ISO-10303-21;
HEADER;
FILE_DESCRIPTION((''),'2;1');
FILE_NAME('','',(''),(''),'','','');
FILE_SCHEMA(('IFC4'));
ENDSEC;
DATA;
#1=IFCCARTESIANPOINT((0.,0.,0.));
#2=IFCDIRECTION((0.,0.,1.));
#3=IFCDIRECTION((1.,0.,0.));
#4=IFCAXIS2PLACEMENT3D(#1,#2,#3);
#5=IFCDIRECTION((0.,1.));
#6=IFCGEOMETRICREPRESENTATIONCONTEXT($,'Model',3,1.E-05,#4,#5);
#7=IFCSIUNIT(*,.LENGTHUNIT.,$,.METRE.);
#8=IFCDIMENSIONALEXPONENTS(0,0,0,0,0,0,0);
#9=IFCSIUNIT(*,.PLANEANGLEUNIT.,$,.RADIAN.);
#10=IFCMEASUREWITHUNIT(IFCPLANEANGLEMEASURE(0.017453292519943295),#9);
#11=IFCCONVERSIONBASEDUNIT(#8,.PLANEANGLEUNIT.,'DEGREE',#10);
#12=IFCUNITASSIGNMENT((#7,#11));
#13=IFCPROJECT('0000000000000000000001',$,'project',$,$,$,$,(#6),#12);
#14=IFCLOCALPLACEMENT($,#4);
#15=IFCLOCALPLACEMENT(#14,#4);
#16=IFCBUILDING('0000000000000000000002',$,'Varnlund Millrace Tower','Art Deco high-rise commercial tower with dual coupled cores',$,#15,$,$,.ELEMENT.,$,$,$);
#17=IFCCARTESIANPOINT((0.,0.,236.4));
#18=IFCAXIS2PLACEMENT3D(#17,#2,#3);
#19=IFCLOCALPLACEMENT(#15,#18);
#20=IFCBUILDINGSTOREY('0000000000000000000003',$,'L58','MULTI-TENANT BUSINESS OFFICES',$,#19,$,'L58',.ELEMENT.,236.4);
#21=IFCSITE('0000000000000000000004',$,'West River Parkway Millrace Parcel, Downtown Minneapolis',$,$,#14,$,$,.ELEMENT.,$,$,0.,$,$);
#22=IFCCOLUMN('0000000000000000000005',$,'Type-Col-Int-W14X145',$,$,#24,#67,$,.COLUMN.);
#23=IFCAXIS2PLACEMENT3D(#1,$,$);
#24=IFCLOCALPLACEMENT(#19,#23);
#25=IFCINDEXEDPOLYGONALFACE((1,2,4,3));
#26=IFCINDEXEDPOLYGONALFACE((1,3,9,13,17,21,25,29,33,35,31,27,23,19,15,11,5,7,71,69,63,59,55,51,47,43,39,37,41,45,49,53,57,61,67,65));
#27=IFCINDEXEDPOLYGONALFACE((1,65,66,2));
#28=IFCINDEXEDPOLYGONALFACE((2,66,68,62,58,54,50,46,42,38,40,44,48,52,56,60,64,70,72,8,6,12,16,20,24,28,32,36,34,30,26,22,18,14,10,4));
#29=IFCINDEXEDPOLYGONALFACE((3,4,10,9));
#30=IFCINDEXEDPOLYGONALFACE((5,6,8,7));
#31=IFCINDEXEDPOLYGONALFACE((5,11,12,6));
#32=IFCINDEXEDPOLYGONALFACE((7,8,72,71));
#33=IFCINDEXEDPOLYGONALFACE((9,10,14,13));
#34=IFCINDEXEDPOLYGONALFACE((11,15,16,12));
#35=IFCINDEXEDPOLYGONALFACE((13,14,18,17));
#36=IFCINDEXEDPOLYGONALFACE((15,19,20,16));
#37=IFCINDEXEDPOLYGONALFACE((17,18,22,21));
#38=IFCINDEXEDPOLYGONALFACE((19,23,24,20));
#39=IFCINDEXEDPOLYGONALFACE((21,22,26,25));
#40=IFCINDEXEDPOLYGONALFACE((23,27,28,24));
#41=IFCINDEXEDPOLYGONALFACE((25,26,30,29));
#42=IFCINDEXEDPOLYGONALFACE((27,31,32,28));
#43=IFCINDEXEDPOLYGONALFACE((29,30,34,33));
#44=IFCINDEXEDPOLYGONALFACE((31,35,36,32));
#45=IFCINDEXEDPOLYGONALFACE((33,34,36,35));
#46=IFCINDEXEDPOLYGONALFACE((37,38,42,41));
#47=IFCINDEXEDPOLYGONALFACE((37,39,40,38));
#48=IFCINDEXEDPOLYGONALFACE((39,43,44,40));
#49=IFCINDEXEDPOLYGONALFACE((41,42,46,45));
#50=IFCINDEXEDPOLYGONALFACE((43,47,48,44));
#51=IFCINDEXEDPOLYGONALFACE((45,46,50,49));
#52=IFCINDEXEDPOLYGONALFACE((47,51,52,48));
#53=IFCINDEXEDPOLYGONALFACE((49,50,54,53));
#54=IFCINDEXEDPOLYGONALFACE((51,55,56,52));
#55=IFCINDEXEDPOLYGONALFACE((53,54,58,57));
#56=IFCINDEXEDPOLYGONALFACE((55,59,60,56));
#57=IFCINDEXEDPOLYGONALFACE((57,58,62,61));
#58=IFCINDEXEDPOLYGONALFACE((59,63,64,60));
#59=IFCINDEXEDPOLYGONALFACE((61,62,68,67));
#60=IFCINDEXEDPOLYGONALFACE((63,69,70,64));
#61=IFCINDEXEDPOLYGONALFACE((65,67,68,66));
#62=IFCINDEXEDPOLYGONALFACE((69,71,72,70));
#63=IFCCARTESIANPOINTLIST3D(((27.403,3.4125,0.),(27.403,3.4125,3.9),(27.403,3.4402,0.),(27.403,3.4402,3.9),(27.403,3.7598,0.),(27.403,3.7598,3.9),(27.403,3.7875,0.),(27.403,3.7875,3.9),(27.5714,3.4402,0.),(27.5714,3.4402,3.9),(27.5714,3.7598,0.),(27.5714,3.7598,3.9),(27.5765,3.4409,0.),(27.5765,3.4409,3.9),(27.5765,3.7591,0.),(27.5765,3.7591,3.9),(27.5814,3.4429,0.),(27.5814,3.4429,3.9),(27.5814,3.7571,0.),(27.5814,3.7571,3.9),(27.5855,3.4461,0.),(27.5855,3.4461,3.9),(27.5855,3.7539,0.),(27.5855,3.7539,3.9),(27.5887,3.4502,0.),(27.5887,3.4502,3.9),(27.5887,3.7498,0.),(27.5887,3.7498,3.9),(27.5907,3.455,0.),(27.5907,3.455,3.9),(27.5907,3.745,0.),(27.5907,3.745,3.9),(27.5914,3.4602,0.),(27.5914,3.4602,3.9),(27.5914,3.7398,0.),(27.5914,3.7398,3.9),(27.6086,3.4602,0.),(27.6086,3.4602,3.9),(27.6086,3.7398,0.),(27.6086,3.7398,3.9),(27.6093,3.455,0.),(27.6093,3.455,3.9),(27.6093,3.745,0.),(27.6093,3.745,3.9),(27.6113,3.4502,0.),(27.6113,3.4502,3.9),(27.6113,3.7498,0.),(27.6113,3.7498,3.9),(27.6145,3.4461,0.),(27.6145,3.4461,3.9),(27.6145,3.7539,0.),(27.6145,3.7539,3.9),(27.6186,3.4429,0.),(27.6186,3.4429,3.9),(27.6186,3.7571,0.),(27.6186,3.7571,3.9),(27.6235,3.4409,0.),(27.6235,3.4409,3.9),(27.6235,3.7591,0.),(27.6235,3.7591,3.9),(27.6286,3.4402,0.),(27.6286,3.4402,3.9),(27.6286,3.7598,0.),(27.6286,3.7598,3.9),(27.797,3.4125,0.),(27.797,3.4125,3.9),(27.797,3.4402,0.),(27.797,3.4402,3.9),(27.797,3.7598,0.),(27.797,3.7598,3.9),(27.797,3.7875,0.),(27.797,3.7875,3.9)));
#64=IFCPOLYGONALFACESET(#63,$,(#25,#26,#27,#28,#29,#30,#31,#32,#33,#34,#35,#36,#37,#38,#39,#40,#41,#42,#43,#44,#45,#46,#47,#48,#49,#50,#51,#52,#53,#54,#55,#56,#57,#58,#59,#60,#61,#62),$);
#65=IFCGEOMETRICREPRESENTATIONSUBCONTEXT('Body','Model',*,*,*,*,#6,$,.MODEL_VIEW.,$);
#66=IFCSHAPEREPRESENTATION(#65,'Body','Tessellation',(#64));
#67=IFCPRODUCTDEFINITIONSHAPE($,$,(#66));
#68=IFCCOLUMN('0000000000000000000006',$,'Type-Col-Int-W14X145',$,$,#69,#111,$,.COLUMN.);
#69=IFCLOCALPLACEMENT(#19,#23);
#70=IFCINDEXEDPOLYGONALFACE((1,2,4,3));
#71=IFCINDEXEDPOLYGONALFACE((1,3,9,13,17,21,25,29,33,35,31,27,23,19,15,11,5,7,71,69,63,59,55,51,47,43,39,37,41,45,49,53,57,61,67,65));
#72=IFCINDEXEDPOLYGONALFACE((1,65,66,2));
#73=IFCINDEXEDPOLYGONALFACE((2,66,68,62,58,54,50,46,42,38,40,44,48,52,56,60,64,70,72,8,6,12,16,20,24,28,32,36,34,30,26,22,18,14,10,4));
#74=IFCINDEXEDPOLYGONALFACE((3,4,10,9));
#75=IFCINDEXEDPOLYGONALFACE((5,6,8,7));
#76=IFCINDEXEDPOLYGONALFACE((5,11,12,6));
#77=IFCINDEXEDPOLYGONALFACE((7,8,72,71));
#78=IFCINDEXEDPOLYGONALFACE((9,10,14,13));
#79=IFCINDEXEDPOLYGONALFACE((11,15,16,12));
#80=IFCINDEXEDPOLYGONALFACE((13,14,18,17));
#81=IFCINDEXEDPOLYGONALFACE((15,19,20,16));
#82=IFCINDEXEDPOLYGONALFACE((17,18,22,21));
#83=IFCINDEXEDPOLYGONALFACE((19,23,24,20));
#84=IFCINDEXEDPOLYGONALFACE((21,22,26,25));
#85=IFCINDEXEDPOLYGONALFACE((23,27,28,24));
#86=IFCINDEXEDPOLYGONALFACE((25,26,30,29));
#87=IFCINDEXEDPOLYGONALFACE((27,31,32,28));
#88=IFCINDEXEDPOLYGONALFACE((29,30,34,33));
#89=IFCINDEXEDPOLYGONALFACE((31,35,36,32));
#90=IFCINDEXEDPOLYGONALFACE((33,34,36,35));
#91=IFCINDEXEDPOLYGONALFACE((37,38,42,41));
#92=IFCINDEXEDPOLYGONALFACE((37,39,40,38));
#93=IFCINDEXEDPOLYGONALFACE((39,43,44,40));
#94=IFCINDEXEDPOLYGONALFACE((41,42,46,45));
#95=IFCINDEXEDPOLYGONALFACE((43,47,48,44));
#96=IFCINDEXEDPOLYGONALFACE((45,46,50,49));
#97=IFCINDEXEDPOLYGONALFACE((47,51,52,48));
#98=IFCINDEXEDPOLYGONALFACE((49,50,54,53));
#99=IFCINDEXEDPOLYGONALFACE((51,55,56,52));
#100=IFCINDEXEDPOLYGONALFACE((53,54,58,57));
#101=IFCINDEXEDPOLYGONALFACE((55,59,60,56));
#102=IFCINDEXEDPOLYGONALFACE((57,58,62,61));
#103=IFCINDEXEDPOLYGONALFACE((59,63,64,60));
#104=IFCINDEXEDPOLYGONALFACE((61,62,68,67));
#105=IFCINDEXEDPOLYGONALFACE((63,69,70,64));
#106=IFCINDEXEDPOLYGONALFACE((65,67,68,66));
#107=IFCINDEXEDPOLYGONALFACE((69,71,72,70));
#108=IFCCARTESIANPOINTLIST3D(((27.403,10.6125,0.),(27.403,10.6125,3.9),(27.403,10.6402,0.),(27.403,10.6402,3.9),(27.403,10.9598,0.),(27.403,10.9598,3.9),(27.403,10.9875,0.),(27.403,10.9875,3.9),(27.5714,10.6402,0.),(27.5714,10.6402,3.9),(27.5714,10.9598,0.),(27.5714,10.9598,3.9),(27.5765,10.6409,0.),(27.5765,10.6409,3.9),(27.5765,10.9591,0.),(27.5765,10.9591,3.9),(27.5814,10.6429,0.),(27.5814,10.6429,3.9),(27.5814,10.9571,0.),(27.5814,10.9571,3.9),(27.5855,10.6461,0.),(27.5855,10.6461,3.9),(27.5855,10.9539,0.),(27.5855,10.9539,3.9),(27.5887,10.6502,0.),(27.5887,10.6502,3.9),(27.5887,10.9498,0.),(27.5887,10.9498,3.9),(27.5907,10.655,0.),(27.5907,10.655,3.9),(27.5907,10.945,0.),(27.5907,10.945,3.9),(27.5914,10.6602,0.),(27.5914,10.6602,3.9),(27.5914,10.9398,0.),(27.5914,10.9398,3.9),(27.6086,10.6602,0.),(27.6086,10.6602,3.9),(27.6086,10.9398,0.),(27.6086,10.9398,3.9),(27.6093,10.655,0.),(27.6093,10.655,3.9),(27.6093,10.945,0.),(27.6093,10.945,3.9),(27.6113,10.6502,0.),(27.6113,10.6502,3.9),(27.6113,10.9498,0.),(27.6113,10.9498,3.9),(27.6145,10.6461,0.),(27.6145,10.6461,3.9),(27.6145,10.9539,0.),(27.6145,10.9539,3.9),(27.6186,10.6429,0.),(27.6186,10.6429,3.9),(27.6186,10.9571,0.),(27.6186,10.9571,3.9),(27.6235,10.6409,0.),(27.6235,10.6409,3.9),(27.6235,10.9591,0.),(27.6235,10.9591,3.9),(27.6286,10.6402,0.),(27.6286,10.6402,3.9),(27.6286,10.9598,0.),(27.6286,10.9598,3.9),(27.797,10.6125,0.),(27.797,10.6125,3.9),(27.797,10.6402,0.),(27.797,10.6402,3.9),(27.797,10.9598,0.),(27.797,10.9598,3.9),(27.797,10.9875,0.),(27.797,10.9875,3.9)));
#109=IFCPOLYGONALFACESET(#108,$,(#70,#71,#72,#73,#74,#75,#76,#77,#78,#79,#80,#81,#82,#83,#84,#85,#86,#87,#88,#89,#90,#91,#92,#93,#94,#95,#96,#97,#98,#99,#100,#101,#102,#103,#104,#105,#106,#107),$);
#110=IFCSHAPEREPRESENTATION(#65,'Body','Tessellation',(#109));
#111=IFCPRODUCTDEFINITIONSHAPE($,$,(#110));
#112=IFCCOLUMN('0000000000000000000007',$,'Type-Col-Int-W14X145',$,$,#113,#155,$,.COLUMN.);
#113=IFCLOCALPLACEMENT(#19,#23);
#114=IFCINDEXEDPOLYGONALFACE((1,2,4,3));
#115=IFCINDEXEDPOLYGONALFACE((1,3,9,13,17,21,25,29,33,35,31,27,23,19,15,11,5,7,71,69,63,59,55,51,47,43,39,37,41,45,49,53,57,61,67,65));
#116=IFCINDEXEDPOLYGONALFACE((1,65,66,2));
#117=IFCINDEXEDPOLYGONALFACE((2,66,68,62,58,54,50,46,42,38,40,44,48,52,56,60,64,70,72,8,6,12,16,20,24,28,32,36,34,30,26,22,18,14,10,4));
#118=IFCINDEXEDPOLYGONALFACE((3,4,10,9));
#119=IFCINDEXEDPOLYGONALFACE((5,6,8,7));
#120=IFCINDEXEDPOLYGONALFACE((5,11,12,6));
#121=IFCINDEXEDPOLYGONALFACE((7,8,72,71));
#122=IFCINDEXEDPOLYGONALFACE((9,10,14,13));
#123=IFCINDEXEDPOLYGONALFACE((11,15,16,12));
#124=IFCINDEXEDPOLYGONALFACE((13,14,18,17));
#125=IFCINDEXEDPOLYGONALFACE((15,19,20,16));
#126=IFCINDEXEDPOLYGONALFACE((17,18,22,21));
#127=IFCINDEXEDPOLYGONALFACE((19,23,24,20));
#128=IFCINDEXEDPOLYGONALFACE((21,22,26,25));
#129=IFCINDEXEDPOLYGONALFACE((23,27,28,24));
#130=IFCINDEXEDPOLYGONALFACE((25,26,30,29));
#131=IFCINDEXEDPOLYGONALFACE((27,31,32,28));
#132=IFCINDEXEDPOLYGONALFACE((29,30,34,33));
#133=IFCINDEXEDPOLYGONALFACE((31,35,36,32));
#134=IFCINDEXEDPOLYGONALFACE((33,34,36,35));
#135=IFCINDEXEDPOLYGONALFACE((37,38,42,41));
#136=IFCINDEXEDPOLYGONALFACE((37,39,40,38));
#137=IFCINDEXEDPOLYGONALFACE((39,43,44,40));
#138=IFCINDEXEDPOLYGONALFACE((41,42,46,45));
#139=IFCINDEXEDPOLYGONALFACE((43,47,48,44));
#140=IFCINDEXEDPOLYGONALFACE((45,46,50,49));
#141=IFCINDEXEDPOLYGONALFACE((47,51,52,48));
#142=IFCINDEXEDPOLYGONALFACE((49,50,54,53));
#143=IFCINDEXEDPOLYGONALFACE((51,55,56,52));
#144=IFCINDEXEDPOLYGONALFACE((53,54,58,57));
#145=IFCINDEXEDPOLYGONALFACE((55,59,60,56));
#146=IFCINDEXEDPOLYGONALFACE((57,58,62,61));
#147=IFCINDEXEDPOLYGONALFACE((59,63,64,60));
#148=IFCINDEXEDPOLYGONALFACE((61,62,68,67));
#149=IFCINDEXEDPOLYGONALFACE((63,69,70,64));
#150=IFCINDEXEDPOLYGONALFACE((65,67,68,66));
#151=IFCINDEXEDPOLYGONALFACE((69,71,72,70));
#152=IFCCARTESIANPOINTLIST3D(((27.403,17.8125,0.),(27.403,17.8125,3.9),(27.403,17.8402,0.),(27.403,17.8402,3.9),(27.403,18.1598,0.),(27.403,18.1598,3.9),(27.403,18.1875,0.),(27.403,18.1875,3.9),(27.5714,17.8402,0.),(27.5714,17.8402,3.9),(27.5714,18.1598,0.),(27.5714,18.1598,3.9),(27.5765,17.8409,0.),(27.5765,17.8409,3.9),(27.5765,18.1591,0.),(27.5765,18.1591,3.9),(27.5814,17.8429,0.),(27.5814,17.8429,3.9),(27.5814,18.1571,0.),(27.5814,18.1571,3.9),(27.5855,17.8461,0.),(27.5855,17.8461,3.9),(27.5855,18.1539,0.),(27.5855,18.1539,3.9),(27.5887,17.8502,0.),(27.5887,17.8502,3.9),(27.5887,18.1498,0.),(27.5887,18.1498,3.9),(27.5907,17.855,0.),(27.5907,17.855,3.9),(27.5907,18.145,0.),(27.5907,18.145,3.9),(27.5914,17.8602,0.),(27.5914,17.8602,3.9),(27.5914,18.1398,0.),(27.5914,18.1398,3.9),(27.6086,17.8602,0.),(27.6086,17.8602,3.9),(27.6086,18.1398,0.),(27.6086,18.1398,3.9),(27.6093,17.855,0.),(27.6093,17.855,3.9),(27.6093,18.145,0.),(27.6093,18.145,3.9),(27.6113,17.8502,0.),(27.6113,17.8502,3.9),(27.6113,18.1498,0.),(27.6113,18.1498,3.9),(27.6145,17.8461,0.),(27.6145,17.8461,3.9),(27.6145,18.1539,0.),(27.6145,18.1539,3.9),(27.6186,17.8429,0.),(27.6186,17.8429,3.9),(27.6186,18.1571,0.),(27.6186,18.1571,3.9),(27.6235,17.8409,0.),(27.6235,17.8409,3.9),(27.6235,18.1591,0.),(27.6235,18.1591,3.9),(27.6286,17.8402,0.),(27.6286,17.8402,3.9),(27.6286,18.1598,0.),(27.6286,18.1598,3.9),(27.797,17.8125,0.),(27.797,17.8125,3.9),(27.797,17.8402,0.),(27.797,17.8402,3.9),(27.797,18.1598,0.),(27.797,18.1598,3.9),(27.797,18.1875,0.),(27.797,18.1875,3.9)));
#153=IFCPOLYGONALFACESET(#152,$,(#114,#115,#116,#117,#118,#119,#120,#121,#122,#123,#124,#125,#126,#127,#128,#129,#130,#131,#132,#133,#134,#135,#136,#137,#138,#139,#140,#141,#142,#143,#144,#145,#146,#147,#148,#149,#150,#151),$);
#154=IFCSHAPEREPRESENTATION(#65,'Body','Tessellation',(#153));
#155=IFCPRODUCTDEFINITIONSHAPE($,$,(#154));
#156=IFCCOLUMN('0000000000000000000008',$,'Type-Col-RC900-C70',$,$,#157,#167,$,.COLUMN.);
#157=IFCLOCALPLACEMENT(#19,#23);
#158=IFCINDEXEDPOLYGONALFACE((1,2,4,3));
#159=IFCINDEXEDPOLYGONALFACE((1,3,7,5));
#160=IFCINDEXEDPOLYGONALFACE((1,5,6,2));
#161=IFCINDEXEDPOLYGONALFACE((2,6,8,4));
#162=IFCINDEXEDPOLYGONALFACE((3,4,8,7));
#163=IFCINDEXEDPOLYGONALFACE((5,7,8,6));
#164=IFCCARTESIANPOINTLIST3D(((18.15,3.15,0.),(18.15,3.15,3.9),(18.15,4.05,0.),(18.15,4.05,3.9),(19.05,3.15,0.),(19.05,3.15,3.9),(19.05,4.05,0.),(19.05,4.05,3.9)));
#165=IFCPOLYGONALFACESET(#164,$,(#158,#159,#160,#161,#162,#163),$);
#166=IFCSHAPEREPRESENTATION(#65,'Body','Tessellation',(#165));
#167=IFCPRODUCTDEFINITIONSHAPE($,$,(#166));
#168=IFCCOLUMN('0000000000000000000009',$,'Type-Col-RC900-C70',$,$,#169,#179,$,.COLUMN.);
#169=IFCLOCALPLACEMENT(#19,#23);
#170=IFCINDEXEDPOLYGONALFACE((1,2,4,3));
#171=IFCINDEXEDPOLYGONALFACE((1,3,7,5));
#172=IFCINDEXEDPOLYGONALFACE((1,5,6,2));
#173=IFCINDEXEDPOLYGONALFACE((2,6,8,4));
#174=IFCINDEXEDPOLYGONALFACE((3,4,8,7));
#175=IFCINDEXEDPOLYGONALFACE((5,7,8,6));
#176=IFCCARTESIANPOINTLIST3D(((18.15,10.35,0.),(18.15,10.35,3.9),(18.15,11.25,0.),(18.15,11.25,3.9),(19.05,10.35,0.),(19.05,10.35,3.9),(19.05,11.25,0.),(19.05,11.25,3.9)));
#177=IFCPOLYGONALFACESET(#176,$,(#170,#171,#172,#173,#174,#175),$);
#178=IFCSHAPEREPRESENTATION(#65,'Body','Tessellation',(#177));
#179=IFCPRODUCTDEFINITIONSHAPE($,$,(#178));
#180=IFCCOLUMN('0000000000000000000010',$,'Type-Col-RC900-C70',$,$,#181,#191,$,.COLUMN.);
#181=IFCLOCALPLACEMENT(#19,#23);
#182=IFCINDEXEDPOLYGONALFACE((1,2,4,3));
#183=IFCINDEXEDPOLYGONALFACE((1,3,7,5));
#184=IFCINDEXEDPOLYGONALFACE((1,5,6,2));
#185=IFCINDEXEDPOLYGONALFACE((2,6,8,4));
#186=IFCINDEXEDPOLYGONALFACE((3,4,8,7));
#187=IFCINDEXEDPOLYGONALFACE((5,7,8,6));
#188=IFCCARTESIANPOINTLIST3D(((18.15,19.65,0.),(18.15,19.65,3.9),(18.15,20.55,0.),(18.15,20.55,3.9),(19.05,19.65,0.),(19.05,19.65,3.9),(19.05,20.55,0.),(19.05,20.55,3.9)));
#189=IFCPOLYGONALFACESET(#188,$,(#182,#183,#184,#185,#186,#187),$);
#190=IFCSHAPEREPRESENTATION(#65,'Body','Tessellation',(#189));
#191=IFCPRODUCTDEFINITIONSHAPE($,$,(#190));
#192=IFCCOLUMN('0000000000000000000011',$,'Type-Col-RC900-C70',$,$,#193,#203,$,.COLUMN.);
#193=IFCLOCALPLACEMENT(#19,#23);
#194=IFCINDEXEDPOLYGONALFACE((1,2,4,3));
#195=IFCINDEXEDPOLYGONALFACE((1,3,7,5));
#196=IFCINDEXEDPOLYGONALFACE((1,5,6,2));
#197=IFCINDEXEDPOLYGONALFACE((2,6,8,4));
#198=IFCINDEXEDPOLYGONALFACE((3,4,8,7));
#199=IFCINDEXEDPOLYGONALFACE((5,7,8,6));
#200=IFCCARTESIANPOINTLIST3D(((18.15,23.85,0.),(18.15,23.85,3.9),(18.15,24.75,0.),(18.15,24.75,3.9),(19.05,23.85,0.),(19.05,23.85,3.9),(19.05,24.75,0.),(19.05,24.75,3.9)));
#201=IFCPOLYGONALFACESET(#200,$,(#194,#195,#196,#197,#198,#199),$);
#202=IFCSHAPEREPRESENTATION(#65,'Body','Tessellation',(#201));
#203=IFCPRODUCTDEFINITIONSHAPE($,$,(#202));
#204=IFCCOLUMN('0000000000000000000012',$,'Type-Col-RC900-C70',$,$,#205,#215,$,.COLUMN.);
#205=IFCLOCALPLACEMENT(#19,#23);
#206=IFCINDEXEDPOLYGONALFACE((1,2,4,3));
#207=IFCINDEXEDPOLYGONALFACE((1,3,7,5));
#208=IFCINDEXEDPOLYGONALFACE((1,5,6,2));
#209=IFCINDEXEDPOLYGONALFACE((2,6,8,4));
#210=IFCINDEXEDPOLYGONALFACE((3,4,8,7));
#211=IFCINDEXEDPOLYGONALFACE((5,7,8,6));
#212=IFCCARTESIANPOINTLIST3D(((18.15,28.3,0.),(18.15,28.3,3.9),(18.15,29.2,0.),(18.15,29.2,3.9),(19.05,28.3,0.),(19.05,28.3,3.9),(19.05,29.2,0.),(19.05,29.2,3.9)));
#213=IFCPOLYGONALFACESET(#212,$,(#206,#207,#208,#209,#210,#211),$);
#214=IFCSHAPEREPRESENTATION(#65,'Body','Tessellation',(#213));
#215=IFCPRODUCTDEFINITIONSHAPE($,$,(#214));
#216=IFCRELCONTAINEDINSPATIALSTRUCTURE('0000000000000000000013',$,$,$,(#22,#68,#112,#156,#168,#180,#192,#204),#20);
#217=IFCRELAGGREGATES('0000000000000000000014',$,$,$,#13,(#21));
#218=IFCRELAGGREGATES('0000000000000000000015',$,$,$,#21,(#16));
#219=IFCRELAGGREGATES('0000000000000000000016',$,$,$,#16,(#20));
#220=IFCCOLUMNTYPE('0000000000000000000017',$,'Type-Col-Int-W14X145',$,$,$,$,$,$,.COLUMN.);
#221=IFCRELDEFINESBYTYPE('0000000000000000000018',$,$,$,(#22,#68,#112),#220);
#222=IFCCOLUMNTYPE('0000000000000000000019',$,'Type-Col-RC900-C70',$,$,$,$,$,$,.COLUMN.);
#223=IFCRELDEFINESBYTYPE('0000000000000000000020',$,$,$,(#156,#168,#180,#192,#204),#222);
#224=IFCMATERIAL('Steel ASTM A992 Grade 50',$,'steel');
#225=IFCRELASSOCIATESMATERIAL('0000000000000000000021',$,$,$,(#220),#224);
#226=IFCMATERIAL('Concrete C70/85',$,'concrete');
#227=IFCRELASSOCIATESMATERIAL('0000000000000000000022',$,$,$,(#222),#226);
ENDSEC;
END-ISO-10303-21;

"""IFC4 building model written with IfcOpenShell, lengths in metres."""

from ifc_helpers import new_model, entity, si_unit, converted_unit, direction, frame, origin_with_axes, origin_2d_with_axis, place, context, subcontext, project, spatial, rectangle, i_section, extrude, material, material_profile, profile_set, type_object, element, save


model = new_model("IFC4")

# Units and contexts
model_context = context("Model", 3, precision=1e-05, world=origin_with_axes(), true_north=direction((0.0, 1.0)))
body_context = subcontext(model_context, "Body", "Model", "MODEL_VIEW")
ifc_project = project(units=[si_unit("LENGTHUNIT", "METRE"), converted_unit("PLANEANGLEUNIT", "DEGREE", entity("IfcPlaneAngleMeasure", 0.017453292519943295), si_unit("PLANEANGLEUNIT", "RADIAN"), dimensions=[0, 0, 0, 0, 0, 0, 0])], contexts=[model_context])

# Site, building, storey
site_placement = place(None, origin_with_axes())
site = spatial("IfcSite", under=ifc_project, at=site_placement, Name="West River Parkway Millrace Parcel, Downtown Minneapolis", CompositionType="ELEMENT", RefElevation=0.0)
building_placement = place(site_placement, origin_with_axes())
building = spatial("IfcBuilding", under=site, at=building_placement, Name="Varnlund Millrace Tower", Description="Art Deco high-rise commercial tower with dual coupled cores", CompositionType="ELEMENT")
storey_placement = place(building_placement, frame((0.0, 0.0, 236.4), z_axis=(0.0, 0.0, 1.0), x_axis=(1.0, 0.0, 0.0)))
storey = spatial("IfcBuildingStorey", under=building, at=storey_placement, Name="L58", Description="MULTI-TENANT BUSINESS OFFICES", LongName="L58", CompositionType="ELEMENT", Elevation=236.4)

# Columns
ifc_material_1 = material(Name="Steel ASTM A992 Grade 50", Category="steel")
ifc_material_profile_1 = material_profile(ifc_material_1, i_section(OverallWidth=0.394, OverallDepth=0.375, WebThickness=0.0173, FlangeThickness=0.0277, FilletRadius=0.02, at=origin_2d_with_axis()), Name="Steel ASTM A992 Grade 50")
ifc_profile_set_1 = profile_set([ifc_material_profile_1], Name="Steel ASTM A992 Grade 50")
column_type_1 = type_object("IfcColumnType", Name="Type-Col-Int-W14X145", PredefinedType="COLUMN", material=ifc_profile_set_1)
for number, where, z_axis, x_axis, name in (
    (1, (27.6, 3.6, 0.0), (0.0, 0.0, 1.0), (1.0, 0.0, 0.0), "Type-Col-Int-W14X145"),
    (2, (27.6, 10.8, 0.0), (0.0, 0.0, 1.0), (1.0, 0.0, 0.0), "Type-Col-Int-W14X145"),
    (3, (27.6, 18.0, 0.0), (0.0, 0.0, 1.0), (1.0, 0.0, 0.0), "Type-Col-Int-W14X145"),
):
    element("IfcColumn", number, at=place(storey_placement, frame(where, z_axis=z_axis, x_axis=x_axis)), inside=storey, type_object=column_type_1, Name=name, PredefinedType="COLUMN", context=body_context, shape_type="SweptSolid", body=[
        extrude(i_section(OverallWidth=0.394, OverallDepth=0.375, WebThickness=0.0173, FlangeThickness=0.0277, FilletRadius=0.02, at=origin_2d_with_axis()), origin_with_axes(), (0.0, 0.0, 1.0), 3.9),
    ])
ifc_material_2 = material(Name="Concrete C70/85", Category="concrete")
ifc_material_profile_2 = material_profile(ifc_material_2, rectangle(XDim=0.9, YDim=0.9, at=origin_2d_with_axis()), Name="Concrete C70/85")
ifc_profile_set_2 = profile_set([ifc_material_profile_2], Name="Concrete C70/85")
column_type_2 = type_object("IfcColumnType", Name="Type-Col-RC900-C70", PredefinedType="COLUMN", material=ifc_profile_set_2)
for number, where, z_axis, x_axis, name in (
    (4, (18.6, 3.6, 0.0), (0.0, 0.0, 1.0), (1.0, 0.0, 0.0), "Type-Col-RC900-C70"),
    (5, (18.6, 10.8, 0.0), (0.0, 0.0, 1.0), (1.0, 0.0, 0.0), "Type-Col-RC900-C70"),
    (6, (18.6, 20.1, 0.0), (0.0, 0.0, 1.0), (1.0, 0.0, 0.0), "Type-Col-RC900-C70"),
    (7, (18.6, 24.3, 0.0), (0.0, 0.0, 1.0), (1.0, 0.0, 0.0), "Type-Col-RC900-C70"),
    (8, (18.6, 28.75, 0.0), (0.0, 0.0, 1.0), (1.0, 0.0, 0.0), "Type-Col-RC900-C70"),
):
    element("IfcColumn", number, at=place(storey_placement, frame(where, z_axis=z_axis, x_axis=x_axis)), inside=storey, type_object=column_type_2, Name=name, PredefinedType="COLUMN", context=body_context, shape_type="SweptSolid", body=[
        extrude(rectangle(XDim=0.9, YDim=0.9, at=origin_2d_with_axis()), origin_with_axes(), (0.0, 0.0, 1.0), 3.9),
    ])

save(model, "model.ifc")
